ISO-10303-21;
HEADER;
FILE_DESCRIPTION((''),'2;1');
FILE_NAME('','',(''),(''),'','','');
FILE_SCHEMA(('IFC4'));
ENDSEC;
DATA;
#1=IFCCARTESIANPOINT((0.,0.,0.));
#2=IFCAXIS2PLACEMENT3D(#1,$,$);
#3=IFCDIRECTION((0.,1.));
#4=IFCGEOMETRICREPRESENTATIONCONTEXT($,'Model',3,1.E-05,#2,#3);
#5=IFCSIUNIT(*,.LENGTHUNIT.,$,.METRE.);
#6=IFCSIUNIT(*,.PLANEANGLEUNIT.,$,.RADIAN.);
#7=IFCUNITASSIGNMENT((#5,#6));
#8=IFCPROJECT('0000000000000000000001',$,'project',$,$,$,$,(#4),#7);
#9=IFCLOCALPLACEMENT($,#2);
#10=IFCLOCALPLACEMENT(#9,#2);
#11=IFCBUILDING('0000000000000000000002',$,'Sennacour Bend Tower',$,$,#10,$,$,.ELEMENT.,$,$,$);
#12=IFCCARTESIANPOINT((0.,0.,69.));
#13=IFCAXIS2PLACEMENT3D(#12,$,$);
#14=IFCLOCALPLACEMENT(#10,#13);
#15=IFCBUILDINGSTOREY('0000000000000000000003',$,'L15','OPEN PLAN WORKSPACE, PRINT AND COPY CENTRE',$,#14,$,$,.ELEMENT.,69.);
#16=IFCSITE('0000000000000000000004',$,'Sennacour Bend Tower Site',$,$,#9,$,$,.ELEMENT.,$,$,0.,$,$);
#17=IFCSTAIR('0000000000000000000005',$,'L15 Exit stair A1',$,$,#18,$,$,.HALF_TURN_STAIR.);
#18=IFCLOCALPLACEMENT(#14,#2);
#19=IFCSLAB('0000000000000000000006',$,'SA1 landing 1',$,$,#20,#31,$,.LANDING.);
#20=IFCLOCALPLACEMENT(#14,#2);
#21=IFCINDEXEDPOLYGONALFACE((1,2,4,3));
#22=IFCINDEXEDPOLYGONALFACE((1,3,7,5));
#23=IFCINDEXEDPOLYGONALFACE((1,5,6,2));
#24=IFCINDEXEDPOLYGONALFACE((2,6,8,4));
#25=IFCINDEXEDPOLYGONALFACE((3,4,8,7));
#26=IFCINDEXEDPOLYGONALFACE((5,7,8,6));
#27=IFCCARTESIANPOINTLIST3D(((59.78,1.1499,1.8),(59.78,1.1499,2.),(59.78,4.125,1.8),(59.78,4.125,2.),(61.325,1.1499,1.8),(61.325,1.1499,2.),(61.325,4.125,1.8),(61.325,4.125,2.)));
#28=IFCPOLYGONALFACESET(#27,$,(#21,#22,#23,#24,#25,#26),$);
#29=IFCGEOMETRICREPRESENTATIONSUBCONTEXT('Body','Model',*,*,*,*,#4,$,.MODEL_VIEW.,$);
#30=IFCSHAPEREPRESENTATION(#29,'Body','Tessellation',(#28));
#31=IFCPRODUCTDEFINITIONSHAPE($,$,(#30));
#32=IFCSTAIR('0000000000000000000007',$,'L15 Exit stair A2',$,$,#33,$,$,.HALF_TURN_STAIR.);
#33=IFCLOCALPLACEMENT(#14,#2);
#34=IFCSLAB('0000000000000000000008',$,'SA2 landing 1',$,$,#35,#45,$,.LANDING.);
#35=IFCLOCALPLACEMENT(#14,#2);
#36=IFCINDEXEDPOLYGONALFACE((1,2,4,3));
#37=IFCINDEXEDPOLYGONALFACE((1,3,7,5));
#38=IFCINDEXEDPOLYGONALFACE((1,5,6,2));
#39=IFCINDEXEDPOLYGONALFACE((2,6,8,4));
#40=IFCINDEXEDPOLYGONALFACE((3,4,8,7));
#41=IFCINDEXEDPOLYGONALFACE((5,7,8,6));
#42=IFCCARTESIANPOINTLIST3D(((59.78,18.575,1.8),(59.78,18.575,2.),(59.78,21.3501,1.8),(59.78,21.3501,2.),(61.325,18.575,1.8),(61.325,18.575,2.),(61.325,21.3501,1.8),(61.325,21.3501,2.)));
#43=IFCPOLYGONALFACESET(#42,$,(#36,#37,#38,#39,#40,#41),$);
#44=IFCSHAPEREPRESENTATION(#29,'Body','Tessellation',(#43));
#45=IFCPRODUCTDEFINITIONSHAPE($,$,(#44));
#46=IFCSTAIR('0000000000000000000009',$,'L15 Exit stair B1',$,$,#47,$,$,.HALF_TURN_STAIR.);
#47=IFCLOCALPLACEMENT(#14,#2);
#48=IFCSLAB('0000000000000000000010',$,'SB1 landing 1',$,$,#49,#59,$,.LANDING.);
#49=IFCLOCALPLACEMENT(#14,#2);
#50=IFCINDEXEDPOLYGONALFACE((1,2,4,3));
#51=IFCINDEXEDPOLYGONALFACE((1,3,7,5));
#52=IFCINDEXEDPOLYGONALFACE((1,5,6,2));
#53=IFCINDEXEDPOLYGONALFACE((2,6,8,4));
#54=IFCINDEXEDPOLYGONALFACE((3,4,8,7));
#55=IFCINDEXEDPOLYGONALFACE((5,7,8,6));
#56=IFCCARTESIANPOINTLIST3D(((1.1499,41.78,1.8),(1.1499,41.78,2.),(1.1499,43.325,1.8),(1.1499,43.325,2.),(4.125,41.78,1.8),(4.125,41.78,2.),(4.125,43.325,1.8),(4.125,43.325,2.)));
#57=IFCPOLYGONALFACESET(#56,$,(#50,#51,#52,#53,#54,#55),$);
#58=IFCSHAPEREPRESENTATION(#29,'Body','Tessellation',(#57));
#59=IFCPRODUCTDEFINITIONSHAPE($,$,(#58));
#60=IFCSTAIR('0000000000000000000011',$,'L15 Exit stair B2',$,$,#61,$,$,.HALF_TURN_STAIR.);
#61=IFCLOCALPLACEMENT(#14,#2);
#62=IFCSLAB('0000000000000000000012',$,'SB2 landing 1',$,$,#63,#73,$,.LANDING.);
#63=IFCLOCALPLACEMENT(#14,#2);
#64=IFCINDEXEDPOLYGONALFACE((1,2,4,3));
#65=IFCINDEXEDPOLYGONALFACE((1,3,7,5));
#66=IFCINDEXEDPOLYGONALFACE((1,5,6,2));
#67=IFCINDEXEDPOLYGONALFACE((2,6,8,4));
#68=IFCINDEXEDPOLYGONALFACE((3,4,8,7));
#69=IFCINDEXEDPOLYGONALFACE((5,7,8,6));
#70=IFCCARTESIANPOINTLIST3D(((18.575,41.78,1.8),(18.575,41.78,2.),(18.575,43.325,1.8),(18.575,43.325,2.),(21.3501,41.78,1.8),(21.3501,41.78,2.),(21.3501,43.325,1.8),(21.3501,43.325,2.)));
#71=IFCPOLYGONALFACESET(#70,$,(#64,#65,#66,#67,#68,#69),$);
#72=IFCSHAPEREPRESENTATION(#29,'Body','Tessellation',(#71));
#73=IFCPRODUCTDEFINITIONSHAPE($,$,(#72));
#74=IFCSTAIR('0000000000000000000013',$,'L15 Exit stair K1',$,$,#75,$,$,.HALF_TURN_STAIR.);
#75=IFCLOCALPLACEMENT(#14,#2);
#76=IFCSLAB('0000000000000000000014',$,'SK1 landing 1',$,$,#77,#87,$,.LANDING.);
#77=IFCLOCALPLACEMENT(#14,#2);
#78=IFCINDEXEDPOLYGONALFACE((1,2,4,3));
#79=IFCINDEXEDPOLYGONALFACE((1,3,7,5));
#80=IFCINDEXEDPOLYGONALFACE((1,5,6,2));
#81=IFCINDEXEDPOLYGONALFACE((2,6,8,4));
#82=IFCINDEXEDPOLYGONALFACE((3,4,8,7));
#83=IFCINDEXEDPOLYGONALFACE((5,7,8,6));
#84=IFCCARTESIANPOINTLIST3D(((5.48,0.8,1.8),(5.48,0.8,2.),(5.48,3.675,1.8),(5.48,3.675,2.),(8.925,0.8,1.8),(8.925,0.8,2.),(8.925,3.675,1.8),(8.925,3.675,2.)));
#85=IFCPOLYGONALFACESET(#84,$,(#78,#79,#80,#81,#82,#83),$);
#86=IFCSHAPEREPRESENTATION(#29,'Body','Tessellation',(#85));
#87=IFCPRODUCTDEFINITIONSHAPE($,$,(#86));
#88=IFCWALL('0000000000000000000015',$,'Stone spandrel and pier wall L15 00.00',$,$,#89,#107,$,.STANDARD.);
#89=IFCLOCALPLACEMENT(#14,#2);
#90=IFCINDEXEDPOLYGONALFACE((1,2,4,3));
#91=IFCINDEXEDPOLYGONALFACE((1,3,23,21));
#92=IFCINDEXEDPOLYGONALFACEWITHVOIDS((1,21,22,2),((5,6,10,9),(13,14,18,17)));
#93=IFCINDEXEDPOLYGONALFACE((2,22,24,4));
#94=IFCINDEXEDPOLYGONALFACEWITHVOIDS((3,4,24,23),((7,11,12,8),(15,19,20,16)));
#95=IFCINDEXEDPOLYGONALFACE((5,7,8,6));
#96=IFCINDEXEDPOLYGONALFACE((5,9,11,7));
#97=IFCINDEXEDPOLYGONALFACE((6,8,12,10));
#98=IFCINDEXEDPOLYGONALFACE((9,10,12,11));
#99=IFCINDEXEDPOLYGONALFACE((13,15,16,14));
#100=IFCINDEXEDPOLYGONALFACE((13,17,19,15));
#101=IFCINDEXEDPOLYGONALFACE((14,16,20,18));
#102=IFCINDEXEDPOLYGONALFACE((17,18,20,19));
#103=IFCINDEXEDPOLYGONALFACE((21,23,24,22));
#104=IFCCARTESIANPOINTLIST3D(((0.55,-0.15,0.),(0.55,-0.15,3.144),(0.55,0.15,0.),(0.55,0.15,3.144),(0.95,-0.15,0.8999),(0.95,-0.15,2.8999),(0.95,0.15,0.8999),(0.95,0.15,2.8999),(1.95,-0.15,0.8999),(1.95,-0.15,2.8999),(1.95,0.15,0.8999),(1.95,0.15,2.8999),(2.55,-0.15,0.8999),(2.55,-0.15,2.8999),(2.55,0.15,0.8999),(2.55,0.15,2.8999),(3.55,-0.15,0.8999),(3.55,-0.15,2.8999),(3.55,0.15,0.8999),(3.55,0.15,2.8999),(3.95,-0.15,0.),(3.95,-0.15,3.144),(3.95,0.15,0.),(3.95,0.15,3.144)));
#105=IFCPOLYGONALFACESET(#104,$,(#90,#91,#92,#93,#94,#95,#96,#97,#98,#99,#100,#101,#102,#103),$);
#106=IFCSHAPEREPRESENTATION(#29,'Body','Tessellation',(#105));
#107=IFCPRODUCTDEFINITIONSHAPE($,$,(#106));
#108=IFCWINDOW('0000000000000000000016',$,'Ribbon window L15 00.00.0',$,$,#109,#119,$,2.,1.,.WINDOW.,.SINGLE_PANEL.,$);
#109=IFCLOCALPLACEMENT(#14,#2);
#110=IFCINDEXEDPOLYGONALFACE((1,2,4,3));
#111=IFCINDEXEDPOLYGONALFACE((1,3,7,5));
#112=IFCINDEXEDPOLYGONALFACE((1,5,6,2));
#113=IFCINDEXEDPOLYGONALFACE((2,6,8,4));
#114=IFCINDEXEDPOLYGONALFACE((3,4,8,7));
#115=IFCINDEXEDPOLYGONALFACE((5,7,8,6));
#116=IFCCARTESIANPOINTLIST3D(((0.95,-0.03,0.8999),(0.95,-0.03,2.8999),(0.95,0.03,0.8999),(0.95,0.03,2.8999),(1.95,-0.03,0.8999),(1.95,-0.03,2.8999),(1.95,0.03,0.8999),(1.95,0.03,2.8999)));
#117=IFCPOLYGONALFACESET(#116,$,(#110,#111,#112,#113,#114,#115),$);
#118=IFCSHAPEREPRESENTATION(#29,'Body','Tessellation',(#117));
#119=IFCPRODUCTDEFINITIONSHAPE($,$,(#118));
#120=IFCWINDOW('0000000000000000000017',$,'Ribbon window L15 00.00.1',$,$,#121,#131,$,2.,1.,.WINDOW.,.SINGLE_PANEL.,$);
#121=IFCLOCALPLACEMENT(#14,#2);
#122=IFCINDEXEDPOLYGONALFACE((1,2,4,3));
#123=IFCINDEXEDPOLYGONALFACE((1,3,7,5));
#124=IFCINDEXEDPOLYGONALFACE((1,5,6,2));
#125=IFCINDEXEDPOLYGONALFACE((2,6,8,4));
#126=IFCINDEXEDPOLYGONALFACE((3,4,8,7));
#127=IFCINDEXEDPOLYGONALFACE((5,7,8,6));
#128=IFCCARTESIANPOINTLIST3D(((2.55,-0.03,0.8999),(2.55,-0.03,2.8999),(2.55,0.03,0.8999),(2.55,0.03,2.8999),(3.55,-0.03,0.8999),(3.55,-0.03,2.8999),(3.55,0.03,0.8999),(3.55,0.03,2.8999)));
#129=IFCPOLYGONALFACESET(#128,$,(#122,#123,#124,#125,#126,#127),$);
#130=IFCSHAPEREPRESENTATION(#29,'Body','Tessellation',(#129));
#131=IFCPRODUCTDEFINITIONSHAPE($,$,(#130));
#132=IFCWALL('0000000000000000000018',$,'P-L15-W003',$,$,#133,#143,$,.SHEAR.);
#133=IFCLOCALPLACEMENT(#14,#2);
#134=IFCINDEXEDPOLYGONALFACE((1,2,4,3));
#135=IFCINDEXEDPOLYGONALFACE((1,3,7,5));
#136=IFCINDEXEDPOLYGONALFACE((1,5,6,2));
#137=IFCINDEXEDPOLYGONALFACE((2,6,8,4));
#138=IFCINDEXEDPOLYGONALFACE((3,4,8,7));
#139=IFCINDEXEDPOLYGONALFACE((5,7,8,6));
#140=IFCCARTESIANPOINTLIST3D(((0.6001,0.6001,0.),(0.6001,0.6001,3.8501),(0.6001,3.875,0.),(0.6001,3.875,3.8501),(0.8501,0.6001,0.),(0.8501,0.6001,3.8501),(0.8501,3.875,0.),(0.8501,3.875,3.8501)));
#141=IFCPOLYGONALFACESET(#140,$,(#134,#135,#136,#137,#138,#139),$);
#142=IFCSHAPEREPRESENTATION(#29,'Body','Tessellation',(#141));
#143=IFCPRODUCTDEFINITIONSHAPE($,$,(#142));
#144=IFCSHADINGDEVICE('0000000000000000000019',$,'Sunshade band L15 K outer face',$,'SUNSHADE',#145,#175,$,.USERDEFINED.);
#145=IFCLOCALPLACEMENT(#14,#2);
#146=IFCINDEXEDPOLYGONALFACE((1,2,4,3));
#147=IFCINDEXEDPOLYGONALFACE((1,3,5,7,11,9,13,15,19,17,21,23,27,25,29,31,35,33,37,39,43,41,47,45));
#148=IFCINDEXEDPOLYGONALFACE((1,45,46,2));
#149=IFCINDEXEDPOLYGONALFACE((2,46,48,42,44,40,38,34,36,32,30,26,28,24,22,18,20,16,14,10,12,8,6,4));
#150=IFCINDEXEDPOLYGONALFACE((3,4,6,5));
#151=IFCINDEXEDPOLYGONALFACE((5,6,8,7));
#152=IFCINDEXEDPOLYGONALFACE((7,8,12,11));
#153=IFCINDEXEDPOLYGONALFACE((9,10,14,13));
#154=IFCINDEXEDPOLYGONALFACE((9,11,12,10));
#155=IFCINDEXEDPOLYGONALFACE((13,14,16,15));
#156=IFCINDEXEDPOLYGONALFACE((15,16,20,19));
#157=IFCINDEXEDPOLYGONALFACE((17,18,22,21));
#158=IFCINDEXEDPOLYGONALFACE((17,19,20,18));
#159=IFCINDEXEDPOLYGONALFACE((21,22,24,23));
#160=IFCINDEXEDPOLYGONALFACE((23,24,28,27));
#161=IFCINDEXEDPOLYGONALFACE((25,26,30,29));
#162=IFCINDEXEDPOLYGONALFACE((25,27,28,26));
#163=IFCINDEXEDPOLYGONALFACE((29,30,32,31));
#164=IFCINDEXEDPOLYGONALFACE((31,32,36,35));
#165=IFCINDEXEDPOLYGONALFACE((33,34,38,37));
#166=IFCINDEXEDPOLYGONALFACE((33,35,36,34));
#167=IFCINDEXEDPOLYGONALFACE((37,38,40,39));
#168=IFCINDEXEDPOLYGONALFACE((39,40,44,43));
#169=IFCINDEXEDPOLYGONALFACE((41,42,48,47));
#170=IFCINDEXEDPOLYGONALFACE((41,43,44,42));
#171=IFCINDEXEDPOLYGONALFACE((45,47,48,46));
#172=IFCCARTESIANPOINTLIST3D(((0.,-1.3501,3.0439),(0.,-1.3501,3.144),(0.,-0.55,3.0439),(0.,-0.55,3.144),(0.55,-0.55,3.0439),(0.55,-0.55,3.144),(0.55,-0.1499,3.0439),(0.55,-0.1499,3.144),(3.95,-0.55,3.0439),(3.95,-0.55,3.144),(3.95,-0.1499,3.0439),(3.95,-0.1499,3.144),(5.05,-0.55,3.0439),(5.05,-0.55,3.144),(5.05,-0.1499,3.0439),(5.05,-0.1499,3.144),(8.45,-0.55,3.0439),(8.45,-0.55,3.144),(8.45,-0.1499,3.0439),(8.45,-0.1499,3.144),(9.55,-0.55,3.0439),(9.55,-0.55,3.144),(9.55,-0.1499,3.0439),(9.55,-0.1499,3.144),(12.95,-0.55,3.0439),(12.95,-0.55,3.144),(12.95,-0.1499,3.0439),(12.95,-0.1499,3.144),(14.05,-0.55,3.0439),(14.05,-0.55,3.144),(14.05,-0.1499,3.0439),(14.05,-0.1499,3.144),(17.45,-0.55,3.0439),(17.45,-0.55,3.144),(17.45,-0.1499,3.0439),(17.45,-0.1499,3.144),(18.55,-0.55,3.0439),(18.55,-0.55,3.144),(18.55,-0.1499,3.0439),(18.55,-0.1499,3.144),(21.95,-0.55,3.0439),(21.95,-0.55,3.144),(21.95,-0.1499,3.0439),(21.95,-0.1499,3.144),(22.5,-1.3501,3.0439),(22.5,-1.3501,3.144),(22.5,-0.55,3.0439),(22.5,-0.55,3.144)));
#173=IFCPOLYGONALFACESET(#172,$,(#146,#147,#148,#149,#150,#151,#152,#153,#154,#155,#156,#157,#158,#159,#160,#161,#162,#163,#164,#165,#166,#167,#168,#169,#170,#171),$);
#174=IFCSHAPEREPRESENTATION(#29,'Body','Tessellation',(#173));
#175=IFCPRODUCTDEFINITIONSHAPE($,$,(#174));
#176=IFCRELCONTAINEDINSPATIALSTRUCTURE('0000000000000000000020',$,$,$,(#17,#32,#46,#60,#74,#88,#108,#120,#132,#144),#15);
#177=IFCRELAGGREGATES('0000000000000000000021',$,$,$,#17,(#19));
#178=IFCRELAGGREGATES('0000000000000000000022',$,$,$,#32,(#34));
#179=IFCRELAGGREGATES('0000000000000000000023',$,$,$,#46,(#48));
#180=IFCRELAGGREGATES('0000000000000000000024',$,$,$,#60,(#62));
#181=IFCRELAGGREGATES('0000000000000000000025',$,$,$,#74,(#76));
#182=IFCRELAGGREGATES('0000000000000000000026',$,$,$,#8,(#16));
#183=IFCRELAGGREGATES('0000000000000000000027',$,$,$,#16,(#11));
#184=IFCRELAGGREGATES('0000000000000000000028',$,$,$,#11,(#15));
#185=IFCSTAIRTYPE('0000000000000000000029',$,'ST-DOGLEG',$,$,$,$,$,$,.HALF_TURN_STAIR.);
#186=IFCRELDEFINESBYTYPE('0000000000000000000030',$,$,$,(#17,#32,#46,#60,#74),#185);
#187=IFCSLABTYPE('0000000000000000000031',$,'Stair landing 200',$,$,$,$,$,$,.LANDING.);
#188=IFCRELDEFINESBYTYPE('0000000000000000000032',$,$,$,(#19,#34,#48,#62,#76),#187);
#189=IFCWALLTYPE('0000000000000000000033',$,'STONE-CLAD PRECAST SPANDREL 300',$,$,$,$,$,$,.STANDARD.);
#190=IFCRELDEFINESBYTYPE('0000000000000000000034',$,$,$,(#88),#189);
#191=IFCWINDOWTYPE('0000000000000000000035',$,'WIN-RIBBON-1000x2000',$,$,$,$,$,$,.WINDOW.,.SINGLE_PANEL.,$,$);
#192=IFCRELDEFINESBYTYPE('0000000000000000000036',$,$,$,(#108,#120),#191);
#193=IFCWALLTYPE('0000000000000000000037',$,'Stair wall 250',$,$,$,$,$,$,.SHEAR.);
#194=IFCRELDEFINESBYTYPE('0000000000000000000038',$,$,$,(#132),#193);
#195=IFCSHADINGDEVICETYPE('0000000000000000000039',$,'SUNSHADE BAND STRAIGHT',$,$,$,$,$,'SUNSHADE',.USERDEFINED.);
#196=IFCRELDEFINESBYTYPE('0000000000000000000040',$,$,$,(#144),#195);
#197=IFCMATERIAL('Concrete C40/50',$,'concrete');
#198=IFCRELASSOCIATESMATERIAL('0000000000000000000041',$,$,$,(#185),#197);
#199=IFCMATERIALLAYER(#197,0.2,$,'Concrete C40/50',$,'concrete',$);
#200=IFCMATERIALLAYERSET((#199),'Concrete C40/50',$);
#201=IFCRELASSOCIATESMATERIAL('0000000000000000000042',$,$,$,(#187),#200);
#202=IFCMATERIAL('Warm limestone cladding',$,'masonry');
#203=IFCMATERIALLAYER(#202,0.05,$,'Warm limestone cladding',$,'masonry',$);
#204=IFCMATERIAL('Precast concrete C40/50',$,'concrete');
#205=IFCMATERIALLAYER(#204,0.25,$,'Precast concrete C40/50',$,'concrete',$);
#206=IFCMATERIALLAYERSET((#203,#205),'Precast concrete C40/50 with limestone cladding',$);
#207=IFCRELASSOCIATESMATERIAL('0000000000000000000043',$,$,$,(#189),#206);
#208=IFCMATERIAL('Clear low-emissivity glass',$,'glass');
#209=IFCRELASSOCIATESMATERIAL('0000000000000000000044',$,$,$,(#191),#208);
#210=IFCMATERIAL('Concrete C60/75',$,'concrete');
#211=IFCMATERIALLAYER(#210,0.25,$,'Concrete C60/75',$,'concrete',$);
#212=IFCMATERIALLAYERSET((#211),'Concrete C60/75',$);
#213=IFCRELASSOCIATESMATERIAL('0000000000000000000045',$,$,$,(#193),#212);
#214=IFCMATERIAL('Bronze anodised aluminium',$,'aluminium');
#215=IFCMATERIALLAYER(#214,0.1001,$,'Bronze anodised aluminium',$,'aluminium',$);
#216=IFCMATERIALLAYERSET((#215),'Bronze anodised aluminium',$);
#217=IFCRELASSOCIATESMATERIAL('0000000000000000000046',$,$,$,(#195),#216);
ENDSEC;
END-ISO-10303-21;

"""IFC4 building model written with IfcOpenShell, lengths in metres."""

from ifc_helpers import new_model, si_unit, direction, frame, frame_2d, origin, place, context, subcontext, project, spatial, polyline, rectangle, outline, extrude, material, layer, layer_set, type_object, element, fill, aggregate, save


model = new_model("IFC4")

# Units and contexts
model_context = context("Model", 3, precision=1e-05, world=origin(), true_north=direction((0.0, 1.0)))
body_context = subcontext(model_context, "Body", "Model", "MODEL_VIEW")
ifc_project = project(units=[si_unit("LENGTHUNIT", "METRE"), si_unit("PLANEANGLEUNIT", "RADIAN")], contexts=[model_context])

# Site, building, storey
site_placement = place(None, origin())
site = spatial("IfcSite", under=ifc_project, at=site_placement, Name="Sennacour Bend Tower Site", CompositionType="ELEMENT", RefElevation=0.0)
building_placement = place(site_placement, origin())
building = spatial("IfcBuilding", under=site, at=building_placement, Name="Sennacour Bend Tower", CompositionType="ELEMENT")
storey_placement = place(building_placement, frame((0.0, 0.0, 69.0)))
storey = spatial("IfcBuildingStorey", under=building, at=storey_placement, Name="L15", Description="OPEN PLAN WORKSPACE, PRINT AND COPY CENTRE", CompositionType="ELEMENT", Elevation=69.0)

# Shared definitions
ifc_material_1 = material(Name="Concrete C40/50", Category="concrete")

# Stairs, slabs
stair_type = type_object("IfcStairType", Name="ST-DOGLEG", PredefinedType="HALF_TURN_STAIR", material=ifc_material_1)
stair_1_placement = place(storey_placement, origin())
stair_1 = element("IfcStair", 1, at=stair_1_placement, inside=storey, type_object=stair_type, Name="L15 Exit stair A1", PredefinedType="HALF_TURN_STAIR")
ifc_layer_1 = layer(ifc_material_1, 0.2, Name="Concrete C40/50", Category="concrete")
ifc_layer_set_1 = layer_set([ifc_layer_1], Name="Concrete C40/50")
slab_type_1 = type_object("IfcSlabType", Name="Stair landing 200", PredefinedType="LANDING", material=ifc_layer_set_1)
slab_1_placement = place(storey_placement, frame((0.0, 0.0, 1.8)))
slab_1 = element("IfcSlab", 2, at=slab_1_placement, type_object=slab_type_1, Name="SA1 landing 1", PredefinedType="LANDING", context=body_context, shape_type="SweptSolid", body=[
    extrude(outline(polyline([(59.78, 1.1499), (61.325, 1.1499), (61.325, 4.125), (59.78, 4.125), (59.78, 1.1499)])), origin(), (0.0, 0.0, 1.0), 0.2),
])
aggregate(stair_1, [slab_1])
stair_2_placement = place(storey_placement, origin())
stair_2 = element("IfcStair", 3, at=stair_2_placement, inside=storey, type_object=stair_type, Name="L15 Exit stair A2", PredefinedType="HALF_TURN_STAIR")
slab_2_placement = place(storey_placement, frame((0.0, 0.0, 1.8)))
slab_2 = element("IfcSlab", 4, at=slab_2_placement, type_object=slab_type_1, Name="SA2 landing 1", PredefinedType="LANDING", context=body_context, shape_type="SweptSolid", body=[
    extrude(outline(polyline([(59.78, 18.575), (61.325, 18.575), (61.325, 21.3501), (59.78, 21.3501), (59.78, 18.575)])), origin(), (0.0, 0.0, 1.0), 0.2),
])
aggregate(stair_2, [slab_2])
stair_3_placement = place(storey_placement, origin())
stair_3 = element("IfcStair", 5, at=stair_3_placement, inside=storey, type_object=stair_type, Name="L15 Exit stair B1", PredefinedType="HALF_TURN_STAIR")
slab_3_placement = place(storey_placement, frame((0.0, 0.0, 1.8)))
slab_3 = element("IfcSlab", 6, at=slab_3_placement, type_object=slab_type_1, Name="SB1 landing 1", PredefinedType="LANDING", context=body_context, shape_type="SweptSolid", body=[
    extrude(outline(polyline([(1.1499, 41.78), (4.125, 41.78), (4.125, 43.325), (1.1499, 43.325), (1.1499, 41.78)])), origin(), (0.0, 0.0, 1.0), 0.2),
])
aggregate(stair_3, [slab_3])
stair_4_placement = place(storey_placement, origin())
stair_4 = element("IfcStair", 7, at=stair_4_placement, inside=storey, type_object=stair_type, Name="L15 Exit stair B2", PredefinedType="HALF_TURN_STAIR")
slab_4_placement = place(storey_placement, frame((0.0, 0.0, 1.8)))
slab_4 = element("IfcSlab", 8, at=slab_4_placement, type_object=slab_type_1, Name="SB2 landing 1", PredefinedType="LANDING", context=body_context, shape_type="SweptSolid", body=[
    extrude(outline(polyline([(18.575, 41.78), (21.3501, 41.78), (21.3501, 43.325), (18.575, 43.325), (18.575, 41.78)])), origin(), (0.0, 0.0, 1.0), 0.2),
])
aggregate(stair_4, [slab_4])
stair_5_placement = place(storey_placement, origin())
stair_5 = element("IfcStair", 9, at=stair_5_placement, inside=storey, type_object=stair_type, Name="L15 Exit stair K1", PredefinedType="HALF_TURN_STAIR")
slab_5_placement = place(storey_placement, frame((0.0, 0.0, 1.8)))
slab_5 = element("IfcSlab", 10, at=slab_5_placement, type_object=slab_type_1, Name="SK1 landing 1", PredefinedType="LANDING", context=body_context, shape_type="SweptSolid", body=[
    extrude(outline(polyline([(5.48, 0.8), (8.925, 0.8), (8.925, 3.675), (5.48, 3.675), (5.48, 0.8)])), origin(), (0.0, 0.0, 1.0), 0.2),
])
aggregate(stair_5, [slab_5])

# Wall, openings, windows
ifc_material_2 = material(Name="Warm limestone cladding", Category="masonry")
ifc_layer_2 = layer(ifc_material_2, 0.05, Name="Warm limestone cladding", Category="masonry")
ifc_material_3 = material(Name="Precast concrete C40/50", Category="concrete")
ifc_layer_3 = layer(ifc_material_3, 0.25, Name="Precast concrete C40/50", Category="concrete")
ifc_layer_set_2 = layer_set([ifc_layer_2, ifc_layer_3], Name="Precast concrete C40/50 with limestone cladding")
wall_type_1 = type_object("IfcWallType", Name="STONE-CLAD PRECAST SPANDREL 300", PredefinedType="STANDARD", material=ifc_layer_set_2)
wall_1_placement = place(storey_placement, frame((0.55, 0.0, 0.0), z_axis=(0.0, 0.0, 1.0), x_axis=(1.0, 0.0, 0.0)))
wall_1 = element("IfcWall", 11, at=wall_1_placement, inside=storey, type_object=wall_type_1, Name="Stone spandrel and pier wall L15 00.00", PredefinedType="STANDARD", context=body_context, shape_type="SweptSolid", body=[
    extrude(rectangle(XDim=3.3999, YDim=0.3, at=frame_2d((1.7, 0.0))), origin(), (0.0, 0.0, 1.0), 3.144),
])
opening_1_placement = place(wall_1_placement, frame((0.3999, 0.0, 0.8999)))
opening_1 = element("IfcOpeningElement", 12, at=opening_1_placement, cuts=wall_1, PredefinedType="OPENING", context=body_context, shape_type="SweptSolid", body=[
    extrude(rectangle(XDim=1.0, YDim=2.0, at=frame_2d((0.5, 1.0))), frame((0.0, 0.1602, 0.0), z_axis=(0.0, -1.0, 0.0), x_axis=(1.0, 0.0, 0.0)), (0.0, 0.0, 1.0), 0.3201),
])
opening_2_placement = place(wall_1_placement, frame((2.0, 0.0, 0.8999)))
opening_2 = element("IfcOpeningElement", 13, at=opening_2_placement, cuts=wall_1, PredefinedType="OPENING", context=body_context, shape_type="SweptSolid", body=[
    extrude(rectangle(XDim=1.0, YDim=2.0, at=frame_2d((0.5, 1.0))), frame((0.0, 0.1602, 0.0), z_axis=(0.0, -1.0, 0.0), x_axis=(1.0, 0.0, 0.0)), (0.0, 0.0, 1.0), 0.3201),
])
ifc_material_4 = material(Name="Clear low-emissivity glass", Category="glass")
window_type = type_object("IfcWindowType", Name="WIN-RIBBON-1000x2000", PartitioningType="SINGLE_PANEL", PredefinedType="WINDOW", material=ifc_material_4)
window_1_placement = place(opening_1_placement, origin())
window_1 = element("IfcWindow", 14, at=window_1_placement, inside=storey, type_object=window_type, Name="Ribbon window L15 00.00.0", OverallHeight=2.0, OverallWidth=1.0, PartitioningType="SINGLE_PANEL", PredefinedType="WINDOW", context=body_context, shape_type="SweptSolid", body=[
    extrude(rectangle(XDim=1.0, YDim=2.0, at=frame_2d((0.5, 1.0))), frame((0.0, 0.03, 0.0), z_axis=(0.0, -1.0, 0.0), x_axis=(1.0, 0.0, 0.0)), (0.0, 0.0, 1.0), 0.0601),
])
fill(opening_1, window_1)
window_2_placement = place(opening_2_placement, origin())
window_2 = element("IfcWindow", 15, at=window_2_placement, inside=storey, type_object=window_type, Name="Ribbon window L15 00.00.1", OverallHeight=2.0, OverallWidth=1.0, PartitioningType="SINGLE_PANEL", PredefinedType="WINDOW", context=body_context, shape_type="SweptSolid", body=[
    extrude(rectangle(XDim=1.0, YDim=2.0, at=frame_2d((0.5, 1.0))), frame((0.0, 0.03, 0.0), z_axis=(0.0, -1.0, 0.0), x_axis=(1.0, 0.0, 0.0)), (0.0, 0.0, 1.0), 0.0601),
])
fill(opening_2, window_2)

# Wall
ifc_material_5 = material(Name="Concrete C60/75", Category="concrete")
ifc_layer_4 = layer(ifc_material_5, 0.25, Name="Concrete C60/75", Category="concrete")
ifc_layer_set_3 = layer_set([ifc_layer_4], Name="Concrete C60/75")
wall_type_2 = type_object("IfcWallType", Name="Stair wall 250", PredefinedType="SHEAR", material=ifc_layer_set_3)
wall_2_placement = place(storey_placement, frame((0.7251, 0.6001, 0.0), z_axis=(0.0, 0.0, 1.0), x_axis=(0.0, 1.0, 0.0)))
element("IfcWall", 16, at=wall_2_placement, inside=storey, type_object=wall_type_2, Name="P-L15-W003", PredefinedType="SHEAR", context=body_context, shape_type="SweptSolid", body=[
    extrude(rectangle(XDim=3.2749, YDim=0.25, at=frame_2d((1.6375, 0.0))), origin(), (0.0, 0.0, 1.0), 3.8501),
])

# Shading device
ifc_material_6 = material(Name="Bronze anodised aluminium", Category="aluminium")
ifc_layer_5 = layer(ifc_material_6, 0.1001, Name="Bronze anodised aluminium", Category="aluminium")
ifc_layer_set_4 = layer_set([ifc_layer_5], Name="Bronze anodised aluminium")
shading_device_type_1 = type_object("IfcShadingDeviceType", Name="SUNSHADE BAND STRAIGHT", ElementType="SUNSHADE", PredefinedType="USERDEFINED", material=ifc_layer_set_4)
shading_device_1_placement = place(storey_placement, frame((0.0, 0.0, 3.0439)))
element("IfcShadingDevice", 17, at=shading_device_1_placement, inside=storey, type_object=shading_device_type_1, Name="Sunshade band L15 K outer face", ObjectType="SUNSHADE", PredefinedType="USERDEFINED", context=body_context, shape_type="SweptSolid", body=[
    extrude(outline(polyline([(3.95, -0.1499), (3.95, -0.55), (5.05, -0.55), (5.05, -0.1499), (8.45, -0.1499), (8.45, -0.55), (9.55, -0.55), (9.55, -0.1499), (12.95, -0.1499), (12.95, -0.55), (14.05, -0.55), (14.05, -0.1499), (17.45, -0.1499), (17.45, -0.55), (18.55, -0.55), (18.55, -0.1499), (21.95, -0.1499), (21.95, -0.55), (22.5, -0.55), (22.5, -1.3501), (0.0, -1.3501), (0.0, -0.55), (0.55, -0.55), (0.55, -0.1499), (3.95, -0.1499)])), origin(), (0.0, 0.0, 1.0), 0.1001),
])

save(model, "model.ifc")
